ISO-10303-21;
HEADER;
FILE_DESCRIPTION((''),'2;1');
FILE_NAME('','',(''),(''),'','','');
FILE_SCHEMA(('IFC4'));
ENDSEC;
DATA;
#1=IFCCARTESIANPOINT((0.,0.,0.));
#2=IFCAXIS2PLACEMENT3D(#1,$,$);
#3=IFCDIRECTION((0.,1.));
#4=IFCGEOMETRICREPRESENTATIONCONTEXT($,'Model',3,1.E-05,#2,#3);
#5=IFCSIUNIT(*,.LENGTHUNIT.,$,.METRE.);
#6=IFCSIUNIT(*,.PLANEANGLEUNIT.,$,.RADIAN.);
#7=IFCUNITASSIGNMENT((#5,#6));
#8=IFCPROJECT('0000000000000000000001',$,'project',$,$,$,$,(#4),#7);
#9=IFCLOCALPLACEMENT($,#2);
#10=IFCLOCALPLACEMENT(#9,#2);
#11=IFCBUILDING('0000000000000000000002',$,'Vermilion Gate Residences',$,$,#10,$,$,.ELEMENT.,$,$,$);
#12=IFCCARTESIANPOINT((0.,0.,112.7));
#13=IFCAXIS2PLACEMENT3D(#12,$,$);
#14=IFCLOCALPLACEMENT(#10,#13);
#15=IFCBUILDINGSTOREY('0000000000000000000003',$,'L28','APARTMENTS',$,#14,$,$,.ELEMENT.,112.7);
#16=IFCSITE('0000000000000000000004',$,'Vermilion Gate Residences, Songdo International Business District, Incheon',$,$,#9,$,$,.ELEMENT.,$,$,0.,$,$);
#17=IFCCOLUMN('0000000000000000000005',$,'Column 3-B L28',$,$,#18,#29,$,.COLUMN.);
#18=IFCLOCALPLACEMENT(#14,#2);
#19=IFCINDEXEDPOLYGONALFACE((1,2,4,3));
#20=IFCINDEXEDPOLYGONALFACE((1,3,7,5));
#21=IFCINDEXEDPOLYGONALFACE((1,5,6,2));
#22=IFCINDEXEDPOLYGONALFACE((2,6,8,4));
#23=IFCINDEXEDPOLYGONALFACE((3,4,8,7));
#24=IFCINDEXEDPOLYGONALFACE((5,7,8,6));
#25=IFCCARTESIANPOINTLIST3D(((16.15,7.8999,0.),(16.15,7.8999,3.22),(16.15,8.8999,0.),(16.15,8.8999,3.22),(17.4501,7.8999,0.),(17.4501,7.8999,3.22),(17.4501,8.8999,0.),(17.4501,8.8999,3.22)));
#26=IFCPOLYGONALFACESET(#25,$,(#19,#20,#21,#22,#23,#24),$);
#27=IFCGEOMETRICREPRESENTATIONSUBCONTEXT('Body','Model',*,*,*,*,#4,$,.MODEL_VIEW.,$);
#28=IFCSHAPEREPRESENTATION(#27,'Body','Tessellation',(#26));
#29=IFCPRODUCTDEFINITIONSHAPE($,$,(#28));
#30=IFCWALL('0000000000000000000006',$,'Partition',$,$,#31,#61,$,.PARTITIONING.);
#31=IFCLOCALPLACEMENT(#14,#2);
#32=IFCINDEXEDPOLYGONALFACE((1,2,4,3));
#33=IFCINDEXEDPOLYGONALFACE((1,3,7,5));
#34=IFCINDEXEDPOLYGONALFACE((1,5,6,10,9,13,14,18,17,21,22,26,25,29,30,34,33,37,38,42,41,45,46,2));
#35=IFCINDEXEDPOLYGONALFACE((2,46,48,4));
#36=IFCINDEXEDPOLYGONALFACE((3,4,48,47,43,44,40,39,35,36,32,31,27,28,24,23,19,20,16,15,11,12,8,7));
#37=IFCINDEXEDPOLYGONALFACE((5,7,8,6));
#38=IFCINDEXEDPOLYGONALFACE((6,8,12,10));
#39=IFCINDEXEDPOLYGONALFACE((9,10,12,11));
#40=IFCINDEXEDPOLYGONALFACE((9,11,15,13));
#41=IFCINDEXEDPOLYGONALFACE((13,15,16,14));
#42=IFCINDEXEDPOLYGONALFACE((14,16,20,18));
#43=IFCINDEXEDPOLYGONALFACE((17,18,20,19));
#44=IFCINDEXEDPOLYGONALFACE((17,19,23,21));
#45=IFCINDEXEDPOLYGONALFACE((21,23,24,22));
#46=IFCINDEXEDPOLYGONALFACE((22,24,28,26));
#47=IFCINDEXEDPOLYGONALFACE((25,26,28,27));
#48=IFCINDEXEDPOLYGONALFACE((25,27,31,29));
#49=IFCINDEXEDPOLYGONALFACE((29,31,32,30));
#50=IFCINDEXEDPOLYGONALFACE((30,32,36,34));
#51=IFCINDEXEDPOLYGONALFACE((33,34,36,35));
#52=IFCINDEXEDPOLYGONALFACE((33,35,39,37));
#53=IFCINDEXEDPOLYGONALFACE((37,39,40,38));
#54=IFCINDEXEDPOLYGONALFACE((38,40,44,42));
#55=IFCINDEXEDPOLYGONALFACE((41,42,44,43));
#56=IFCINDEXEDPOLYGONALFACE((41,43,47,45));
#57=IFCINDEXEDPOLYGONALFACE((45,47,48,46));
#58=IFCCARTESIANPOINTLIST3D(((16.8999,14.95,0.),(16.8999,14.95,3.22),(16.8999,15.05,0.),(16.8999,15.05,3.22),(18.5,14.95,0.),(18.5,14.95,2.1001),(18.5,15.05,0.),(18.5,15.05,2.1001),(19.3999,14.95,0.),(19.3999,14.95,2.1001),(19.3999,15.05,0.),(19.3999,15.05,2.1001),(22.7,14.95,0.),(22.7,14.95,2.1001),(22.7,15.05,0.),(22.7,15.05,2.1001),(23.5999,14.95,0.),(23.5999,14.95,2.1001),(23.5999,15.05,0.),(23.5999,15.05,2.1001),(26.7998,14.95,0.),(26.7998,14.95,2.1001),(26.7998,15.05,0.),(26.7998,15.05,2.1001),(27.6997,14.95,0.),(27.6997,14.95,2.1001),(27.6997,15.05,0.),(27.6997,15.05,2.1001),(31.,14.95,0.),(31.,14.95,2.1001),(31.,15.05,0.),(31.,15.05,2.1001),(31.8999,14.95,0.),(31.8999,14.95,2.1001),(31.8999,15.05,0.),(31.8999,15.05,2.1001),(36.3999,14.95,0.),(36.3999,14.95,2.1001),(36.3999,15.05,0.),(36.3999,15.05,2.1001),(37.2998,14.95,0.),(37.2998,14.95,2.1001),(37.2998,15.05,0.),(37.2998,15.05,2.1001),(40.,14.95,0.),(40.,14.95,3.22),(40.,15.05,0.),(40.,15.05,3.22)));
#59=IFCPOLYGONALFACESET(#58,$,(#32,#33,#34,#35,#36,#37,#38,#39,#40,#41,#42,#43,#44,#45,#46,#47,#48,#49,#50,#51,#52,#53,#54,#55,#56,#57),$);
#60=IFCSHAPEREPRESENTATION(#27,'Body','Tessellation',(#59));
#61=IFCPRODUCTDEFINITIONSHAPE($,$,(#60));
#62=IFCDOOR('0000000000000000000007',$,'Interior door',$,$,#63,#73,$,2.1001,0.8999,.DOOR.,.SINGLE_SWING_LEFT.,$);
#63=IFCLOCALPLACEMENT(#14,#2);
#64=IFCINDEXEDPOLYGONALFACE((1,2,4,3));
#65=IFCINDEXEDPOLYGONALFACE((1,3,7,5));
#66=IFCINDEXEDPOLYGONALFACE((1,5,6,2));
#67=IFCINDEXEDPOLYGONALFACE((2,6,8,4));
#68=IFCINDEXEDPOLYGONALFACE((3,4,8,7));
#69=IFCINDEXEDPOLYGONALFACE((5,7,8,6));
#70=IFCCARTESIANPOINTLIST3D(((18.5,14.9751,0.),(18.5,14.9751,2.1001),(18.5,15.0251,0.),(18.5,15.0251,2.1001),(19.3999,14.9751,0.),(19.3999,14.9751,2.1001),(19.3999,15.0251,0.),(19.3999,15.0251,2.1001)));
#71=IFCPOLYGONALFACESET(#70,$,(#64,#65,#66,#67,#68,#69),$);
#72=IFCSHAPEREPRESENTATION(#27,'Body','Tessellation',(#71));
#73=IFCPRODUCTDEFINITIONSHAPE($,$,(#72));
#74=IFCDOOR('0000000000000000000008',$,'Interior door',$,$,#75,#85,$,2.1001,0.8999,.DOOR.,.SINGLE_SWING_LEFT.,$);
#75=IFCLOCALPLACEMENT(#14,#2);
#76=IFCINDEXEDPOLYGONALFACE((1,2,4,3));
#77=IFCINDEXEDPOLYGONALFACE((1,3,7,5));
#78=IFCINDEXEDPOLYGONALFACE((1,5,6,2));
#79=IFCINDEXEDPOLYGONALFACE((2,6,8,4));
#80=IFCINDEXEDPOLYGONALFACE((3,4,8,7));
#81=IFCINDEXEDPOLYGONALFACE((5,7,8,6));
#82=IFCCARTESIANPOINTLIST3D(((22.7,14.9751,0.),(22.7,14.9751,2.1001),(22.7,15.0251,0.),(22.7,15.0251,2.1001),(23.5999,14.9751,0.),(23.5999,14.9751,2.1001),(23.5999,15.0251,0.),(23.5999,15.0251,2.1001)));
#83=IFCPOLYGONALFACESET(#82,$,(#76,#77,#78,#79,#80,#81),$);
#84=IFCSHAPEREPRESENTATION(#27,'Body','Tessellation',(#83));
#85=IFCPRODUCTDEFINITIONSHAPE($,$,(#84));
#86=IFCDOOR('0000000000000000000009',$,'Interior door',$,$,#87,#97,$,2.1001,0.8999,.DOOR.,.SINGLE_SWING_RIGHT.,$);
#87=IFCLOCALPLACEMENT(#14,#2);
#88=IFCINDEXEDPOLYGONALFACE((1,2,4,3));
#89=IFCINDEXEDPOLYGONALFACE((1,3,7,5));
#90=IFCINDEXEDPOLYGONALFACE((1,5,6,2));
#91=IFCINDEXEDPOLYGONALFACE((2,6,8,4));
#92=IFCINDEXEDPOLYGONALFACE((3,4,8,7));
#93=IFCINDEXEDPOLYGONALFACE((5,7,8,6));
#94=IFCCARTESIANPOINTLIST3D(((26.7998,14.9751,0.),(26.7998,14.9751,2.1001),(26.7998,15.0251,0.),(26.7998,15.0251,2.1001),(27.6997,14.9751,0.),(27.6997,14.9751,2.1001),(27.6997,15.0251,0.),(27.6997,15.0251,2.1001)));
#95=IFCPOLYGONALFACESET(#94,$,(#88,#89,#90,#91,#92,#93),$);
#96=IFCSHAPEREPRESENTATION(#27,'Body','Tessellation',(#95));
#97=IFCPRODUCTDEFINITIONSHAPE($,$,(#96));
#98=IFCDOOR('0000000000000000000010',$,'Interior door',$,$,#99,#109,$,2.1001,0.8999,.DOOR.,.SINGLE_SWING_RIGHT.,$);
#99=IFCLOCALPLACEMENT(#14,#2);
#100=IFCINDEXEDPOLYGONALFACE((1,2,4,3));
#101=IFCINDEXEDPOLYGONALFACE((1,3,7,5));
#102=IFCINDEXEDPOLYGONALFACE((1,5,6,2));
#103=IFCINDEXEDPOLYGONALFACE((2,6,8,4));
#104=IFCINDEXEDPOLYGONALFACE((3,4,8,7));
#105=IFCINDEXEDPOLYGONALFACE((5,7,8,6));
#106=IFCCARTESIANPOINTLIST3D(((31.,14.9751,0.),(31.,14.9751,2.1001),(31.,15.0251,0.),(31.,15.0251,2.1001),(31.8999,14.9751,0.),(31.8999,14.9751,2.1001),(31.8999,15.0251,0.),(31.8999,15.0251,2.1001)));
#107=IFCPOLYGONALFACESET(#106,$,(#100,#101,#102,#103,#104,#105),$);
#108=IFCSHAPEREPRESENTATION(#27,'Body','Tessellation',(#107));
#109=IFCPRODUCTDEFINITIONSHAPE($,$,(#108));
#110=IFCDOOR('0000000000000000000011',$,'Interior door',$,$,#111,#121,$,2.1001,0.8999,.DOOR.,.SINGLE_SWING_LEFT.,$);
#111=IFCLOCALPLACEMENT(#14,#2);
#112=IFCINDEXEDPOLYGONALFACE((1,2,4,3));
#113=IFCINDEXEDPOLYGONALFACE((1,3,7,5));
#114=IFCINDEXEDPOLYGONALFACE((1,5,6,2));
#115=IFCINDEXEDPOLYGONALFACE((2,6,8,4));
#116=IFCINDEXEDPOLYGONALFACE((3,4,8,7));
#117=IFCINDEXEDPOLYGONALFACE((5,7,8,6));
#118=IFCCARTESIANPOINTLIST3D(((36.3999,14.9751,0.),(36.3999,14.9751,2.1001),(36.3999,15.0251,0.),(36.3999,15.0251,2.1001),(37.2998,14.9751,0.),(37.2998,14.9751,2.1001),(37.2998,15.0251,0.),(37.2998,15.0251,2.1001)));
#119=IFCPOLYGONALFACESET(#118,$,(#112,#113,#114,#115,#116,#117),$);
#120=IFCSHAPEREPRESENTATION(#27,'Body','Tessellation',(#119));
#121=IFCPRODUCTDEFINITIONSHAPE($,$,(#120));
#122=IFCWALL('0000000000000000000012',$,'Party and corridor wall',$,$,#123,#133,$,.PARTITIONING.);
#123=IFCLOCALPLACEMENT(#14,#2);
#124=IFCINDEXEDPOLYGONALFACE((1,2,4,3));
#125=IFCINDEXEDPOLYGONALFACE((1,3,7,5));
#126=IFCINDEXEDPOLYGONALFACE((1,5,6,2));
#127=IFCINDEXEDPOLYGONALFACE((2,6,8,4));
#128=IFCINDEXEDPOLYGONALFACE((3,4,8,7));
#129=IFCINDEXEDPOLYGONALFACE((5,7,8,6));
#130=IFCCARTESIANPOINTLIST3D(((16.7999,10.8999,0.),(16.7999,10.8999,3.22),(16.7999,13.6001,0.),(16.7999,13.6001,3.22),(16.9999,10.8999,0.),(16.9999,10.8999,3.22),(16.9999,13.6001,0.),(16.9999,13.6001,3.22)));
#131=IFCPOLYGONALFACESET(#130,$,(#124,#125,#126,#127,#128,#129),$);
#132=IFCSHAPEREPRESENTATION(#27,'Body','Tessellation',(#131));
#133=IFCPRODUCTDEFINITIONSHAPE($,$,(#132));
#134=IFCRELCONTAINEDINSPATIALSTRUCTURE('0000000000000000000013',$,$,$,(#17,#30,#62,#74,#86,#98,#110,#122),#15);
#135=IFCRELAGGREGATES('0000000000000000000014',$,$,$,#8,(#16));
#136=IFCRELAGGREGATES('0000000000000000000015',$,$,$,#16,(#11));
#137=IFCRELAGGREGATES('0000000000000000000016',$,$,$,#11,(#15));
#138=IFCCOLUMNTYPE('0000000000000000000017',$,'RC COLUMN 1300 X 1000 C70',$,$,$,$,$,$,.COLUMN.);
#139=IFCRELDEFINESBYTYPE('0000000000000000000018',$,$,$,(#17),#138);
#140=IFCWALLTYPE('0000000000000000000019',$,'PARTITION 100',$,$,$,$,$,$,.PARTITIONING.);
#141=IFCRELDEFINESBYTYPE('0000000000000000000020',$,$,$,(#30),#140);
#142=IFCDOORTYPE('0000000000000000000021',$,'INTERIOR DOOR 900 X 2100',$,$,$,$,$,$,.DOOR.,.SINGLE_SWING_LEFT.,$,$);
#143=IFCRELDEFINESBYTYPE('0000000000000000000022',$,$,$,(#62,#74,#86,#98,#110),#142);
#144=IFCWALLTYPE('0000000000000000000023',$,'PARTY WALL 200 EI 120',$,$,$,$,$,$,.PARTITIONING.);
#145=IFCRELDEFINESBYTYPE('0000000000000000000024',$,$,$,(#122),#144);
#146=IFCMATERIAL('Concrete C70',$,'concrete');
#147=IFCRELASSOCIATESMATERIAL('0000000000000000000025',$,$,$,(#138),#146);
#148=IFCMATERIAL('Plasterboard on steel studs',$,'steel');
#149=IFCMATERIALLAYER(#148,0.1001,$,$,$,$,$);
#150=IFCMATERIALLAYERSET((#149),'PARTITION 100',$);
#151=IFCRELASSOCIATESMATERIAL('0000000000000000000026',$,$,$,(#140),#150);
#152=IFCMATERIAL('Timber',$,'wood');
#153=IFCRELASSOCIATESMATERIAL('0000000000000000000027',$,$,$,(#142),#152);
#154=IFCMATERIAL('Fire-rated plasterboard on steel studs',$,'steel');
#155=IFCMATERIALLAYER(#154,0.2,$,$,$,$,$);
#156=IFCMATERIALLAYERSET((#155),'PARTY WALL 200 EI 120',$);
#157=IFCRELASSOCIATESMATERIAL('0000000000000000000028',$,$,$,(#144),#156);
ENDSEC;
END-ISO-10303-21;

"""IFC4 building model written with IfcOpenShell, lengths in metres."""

from ifc_helpers import new_model, si_unit, direction, frame, frame_2d, origin, origin_2d, place, context, subcontext, project, spatial, rectangle, extrude, material, layer, layer_set, material_profile, profile_set, type_object, element, fill, save


model = new_model("IFC4")

# Units and contexts
model_context = context("Model", 3, precision=1e-05, world=origin(), true_north=direction((0.0, 1.0)))
body_context = subcontext(model_context, "Body", "Model", "MODEL_VIEW")
ifc_project = project(units=[si_unit("LENGTHUNIT", "METRE"), si_unit("PLANEANGLEUNIT", "RADIAN")], contexts=[model_context])

# Site, building, storey
site_placement = place(None, origin())
site = spatial("IfcSite", under=ifc_project, at=site_placement, Name="Vermilion Gate Residences, Songdo International Business District, Incheon", CompositionType="ELEMENT", RefElevation=0.0)
building_placement = place(site_placement, origin())
building = spatial("IfcBuilding", under=site, at=building_placement, Name="Vermilion Gate Residences", CompositionType="ELEMENT")
storey_placement = place(building_placement, frame((0.0, 0.0, 112.7)))
storey = spatial("IfcBuildingStorey", under=building, at=storey_placement, Name="L28", Description="APARTMENTS", CompositionType="ELEMENT", Elevation=112.7)

# Column
ifc_material_1 = material(Name="Concrete C70", Category="concrete")
ifc_material_profile_1 = material_profile(ifc_material_1, rectangle(XDim=1.3, YDim=1.0, at=origin_2d()), Name="RC-1300x1000")
ifc_profile_set_1 = profile_set([ifc_material_profile_1], Name="Concrete C70")
column_type = type_object("IfcColumnType", Name="RC COLUMN 1300 X 1000 C70", PredefinedType="COLUMN", material=ifc_profile_set_1)
column_placement = place(storey_placement, frame((16.8, 8.3999, 0.0), z_axis=(0.0, 0.0, 1.0), x_axis=(1.0, 0.0, 0.0)))
element("IfcColumn", 1, at=column_placement, inside=storey, type_object=column_type, Name="Column 3-B L28", PredefinedType="COLUMN", context=body_context, shape_type="SweptSolid", body=[
    extrude(rectangle(XDim=1.3, YDim=1.0, at=origin_2d()), origin(), (0.0, 0.0, 1.0), 3.22),
])

# Wall, openings, doors
ifc_material_2 = material(Name="Plasterboard on steel studs", Category="steel")
ifc_layer_1 = layer(ifc_material_2, 0.1001)
ifc_layer_set_1 = layer_set([ifc_layer_1], Name="PARTITION 100")
wall_type_1 = type_object("IfcWallType", Name="PARTITION 100", PredefinedType="PARTITIONING", material=ifc_layer_set_1)
wall_1_placement = place(storey_placement, frame((16.8999, 15.0, 0.0), z_axis=(0.0, 0.0, 1.0), x_axis=(1.0, 0.0, 0.0)))
wall_1 = element("IfcWall", 2, at=wall_1_placement, inside=storey, type_object=wall_type_1, Name="Partition", PredefinedType="PARTITIONING", context=body_context, shape_type="SweptSolid", body=[
    extrude(rectangle(XDim=23.1001, YDim=0.1001, at=frame_2d((11.55, 0.0))), origin(), (0.0, 0.0, 1.0), 3.22),
])
opening_1_placement = place(wall_1_placement, frame((1.6001, 0.0, 0.0)))
opening_1 = element("IfcOpeningElement", 3, at=opening_1_placement, cuts=wall_1, PredefinedType="OPENING", context=body_context, shape_type="SweptSolid", body=[
    extrude(rectangle(XDim=0.8999, YDim=2.1001, at=frame_2d((0.45, 1.05))), frame((0.0, 0.0601, 0.0), z_axis=(0.0, -1.0, 0.0), x_axis=(1.0, 0.0, 0.0)), (0.0, 0.0, 1.0), 0.1201),
])
opening_2_placement = place(wall_1_placement, frame((5.8, 0.0, 0.0)))
opening_2 = element("IfcOpeningElement", 4, at=opening_2_placement, cuts=wall_1, PredefinedType="OPENING", context=body_context, shape_type="SweptSolid", body=[
    extrude(rectangle(XDim=0.8999, YDim=2.1001, at=frame_2d((0.45, 1.05))), frame((0.0, 0.0601, 0.0), z_axis=(0.0, -1.0, 0.0), x_axis=(1.0, 0.0, 0.0)), (0.0, 0.0, 1.0), 0.1201),
])
opening_3_placement = place(wall_1_placement, frame((9.8999, 0.0, 0.0)))
opening_3 = element("IfcOpeningElement", 5, at=opening_3_placement, cuts=wall_1, PredefinedType="OPENING", context=body_context, shape_type="SweptSolid", body=[
    extrude(rectangle(XDim=0.8999, YDim=2.1001, at=frame_2d((0.45, 1.05))), frame((0.0, 0.0601, 0.0), z_axis=(0.0, -1.0, 0.0), x_axis=(1.0, 0.0, 0.0)), (0.0, 0.0, 1.0), 0.1201),
])
opening_4_placement = place(wall_1_placement, frame((14.1001, 0.0, 0.0)))
opening_4 = element("IfcOpeningElement", 6, at=opening_4_placement, cuts=wall_1, PredefinedType="OPENING", context=body_context, shape_type="SweptSolid", body=[
    extrude(rectangle(XDim=0.8999, YDim=2.1001, at=frame_2d((0.45, 1.05))), frame((0.0, 0.0601, 0.0), z_axis=(0.0, -1.0, 0.0), x_axis=(1.0, 0.0, 0.0)), (0.0, 0.0, 1.0), 0.1201),
])
opening_5_placement = place(wall_1_placement, frame((19.5, 0.0, 0.0)))
opening_5 = element("IfcOpeningElement", 7, at=opening_5_placement, cuts=wall_1, PredefinedType="OPENING", context=body_context, shape_type="SweptSolid", body=[
    extrude(rectangle(XDim=0.8999, YDim=2.1001, at=frame_2d((0.45, 1.05))), frame((0.0, 0.0601, 0.0), z_axis=(0.0, -1.0, 0.0), x_axis=(1.0, 0.0, 0.0)), (0.0, 0.0, 1.0), 0.1201),
])
ifc_material_3 = material(Name="Timber", Category="wood")
door_type_1 = type_object("IfcDoorType", Name="INTERIOR DOOR 900 X 2100", OperationType="SINGLE_SWING_LEFT", PredefinedType="DOOR", material=ifc_material_3)
door_1_placement = place(opening_1_placement, frame((0.8999, 0.0, 0.0), z_axis=(0.0, 0.0, 1.0), x_axis=(-1.0, 0.0, 0.0)))
door_1 = element("IfcDoor", 8, at=door_1_placement, inside=storey, type_object=door_type_1, Name="Interior door", OperationType="SINGLE_SWING_LEFT", OverallHeight=2.1001, OverallWidth=0.8999, PredefinedType="DOOR", context=body_context, shape_type="SweptSolid", body=[
    extrude(rectangle(XDim=0.8999, YDim=2.1001, at=frame_2d((0.45, 1.05))), frame((0.0, 0.0249, 0.0), z_axis=(0.0, -1.0, 0.0), x_axis=(1.0, 0.0, 0.0)), (0.0, 0.0, 1.0), 0.05),
])
fill(opening_1, door_1)
door_2_placement = place(opening_2_placement, frame((0.8999, 0.0, 0.0), z_axis=(0.0, 0.0, 1.0), x_axis=(-1.0, 0.0, 0.0)))
door_2 = element("IfcDoor", 9, at=door_2_placement, inside=storey, type_object=door_type_1, Name="Interior door", OperationType="SINGLE_SWING_LEFT", OverallHeight=2.1001, OverallWidth=0.8999, PredefinedType="DOOR", context=body_context, shape_type="SweptSolid", body=[
    extrude(rectangle(XDim=0.8999, YDim=2.1001, at=frame_2d((0.45, 1.05))), frame((0.0, 0.0249, 0.0), z_axis=(0.0, -1.0, 0.0), x_axis=(1.0, 0.0, 0.0)), (0.0, 0.0, 1.0), 0.05),
])
fill(opening_2, door_2)
door_3_placement = place(opening_3_placement, frame((0.8999, 0.0, 0.0), z_axis=(0.0, 0.0, 1.0), x_axis=(-1.0, 0.0, 0.0)))
door_3 = element("IfcDoor", 10, at=door_3_placement, inside=storey, type_object=door_type_1, Name="Interior door", OperationType="SINGLE_SWING_RIGHT", OverallHeight=2.1001, OverallWidth=0.8999, PredefinedType="DOOR", context=body_context, shape_type="SweptSolid", body=[
    extrude(rectangle(XDim=0.8999, YDim=2.1001, at=frame_2d((0.45, 1.05))), frame((0.0, 0.0249, 0.0), z_axis=(0.0, -1.0, 0.0), x_axis=(1.0, 0.0, 0.0)), (0.0, 0.0, 1.0), 0.05),
])
fill(opening_3, door_3)
door_4_placement = place(opening_4_placement, frame((0.8999, 0.0, 0.0), z_axis=(0.0, 0.0, 1.0), x_axis=(-1.0, 0.0, 0.0)))
door_4 = element("IfcDoor", 11, at=door_4_placement, inside=storey, type_object=door_type_1, Name="Interior door", OperationType="SINGLE_SWING_RIGHT", OverallHeight=2.1001, OverallWidth=0.8999, PredefinedType="DOOR", context=body_context, shape_type="SweptSolid", body=[
    extrude(rectangle(XDim=0.8999, YDim=2.1001, at=frame_2d((0.45, 1.05))), frame((0.0, 0.0249, 0.0), z_axis=(0.0, -1.0, 0.0), x_axis=(1.0, 0.0, 0.0)), (0.0, 0.0, 1.0), 0.05),
])
fill(opening_4, door_4)
door_5_placement = place(opening_5_placement, frame((0.8999, 0.0, 0.0), z_axis=(0.0, 0.0, 1.0), x_axis=(-1.0, 0.0, 0.0)))
door_5 = element("IfcDoor", 12, at=door_5_placement, inside=storey, type_object=door_type_1, Name="Interior door", OperationType="SINGLE_SWING_LEFT", OverallHeight=2.1001, OverallWidth=0.8999, PredefinedType="DOOR", context=body_context, shape_type="SweptSolid", body=[
    extrude(rectangle(XDim=0.8999, YDim=2.1001, at=frame_2d((0.45, 1.05))), frame((0.0, 0.0249, 0.0), z_axis=(0.0, -1.0, 0.0), x_axis=(1.0, 0.0, 0.0)), (0.0, 0.0, 1.0), 0.05),
])
fill(opening_5, door_5)

# Wall
ifc_material_4 = material(Name="Fire-rated plasterboard on steel studs", Category="steel")
ifc_layer_2 = layer(ifc_material_4, 0.2)
ifc_layer_set_2 = layer_set([ifc_layer_2], Name="PARTY WALL 200 EI 120")
wall_type_2 = type_object("IfcWallType", Name="PARTY WALL 200 EI 120", PredefinedType="PARTITIONING", material=ifc_layer_set_2)
wall_2_placement = place(storey_placement, frame((16.8999, 10.8999, 0.0), z_axis=(0.0, 0.0, 1.0), x_axis=(0.0, 1.0, 0.0)))
element("IfcWall", 13, at=wall_2_placement, inside=storey, type_object=wall_type_2, Name="Party and corridor wall", PredefinedType="PARTITIONING", context=body_context, shape_type="SweptSolid", body=[
    extrude(rectangle(XDim=2.7002, YDim=0.2, at=frame_2d((1.3501, 0.0))), origin(), (0.0, 0.0, 1.0), 3.22),
])

save(model, "model.ifc")
